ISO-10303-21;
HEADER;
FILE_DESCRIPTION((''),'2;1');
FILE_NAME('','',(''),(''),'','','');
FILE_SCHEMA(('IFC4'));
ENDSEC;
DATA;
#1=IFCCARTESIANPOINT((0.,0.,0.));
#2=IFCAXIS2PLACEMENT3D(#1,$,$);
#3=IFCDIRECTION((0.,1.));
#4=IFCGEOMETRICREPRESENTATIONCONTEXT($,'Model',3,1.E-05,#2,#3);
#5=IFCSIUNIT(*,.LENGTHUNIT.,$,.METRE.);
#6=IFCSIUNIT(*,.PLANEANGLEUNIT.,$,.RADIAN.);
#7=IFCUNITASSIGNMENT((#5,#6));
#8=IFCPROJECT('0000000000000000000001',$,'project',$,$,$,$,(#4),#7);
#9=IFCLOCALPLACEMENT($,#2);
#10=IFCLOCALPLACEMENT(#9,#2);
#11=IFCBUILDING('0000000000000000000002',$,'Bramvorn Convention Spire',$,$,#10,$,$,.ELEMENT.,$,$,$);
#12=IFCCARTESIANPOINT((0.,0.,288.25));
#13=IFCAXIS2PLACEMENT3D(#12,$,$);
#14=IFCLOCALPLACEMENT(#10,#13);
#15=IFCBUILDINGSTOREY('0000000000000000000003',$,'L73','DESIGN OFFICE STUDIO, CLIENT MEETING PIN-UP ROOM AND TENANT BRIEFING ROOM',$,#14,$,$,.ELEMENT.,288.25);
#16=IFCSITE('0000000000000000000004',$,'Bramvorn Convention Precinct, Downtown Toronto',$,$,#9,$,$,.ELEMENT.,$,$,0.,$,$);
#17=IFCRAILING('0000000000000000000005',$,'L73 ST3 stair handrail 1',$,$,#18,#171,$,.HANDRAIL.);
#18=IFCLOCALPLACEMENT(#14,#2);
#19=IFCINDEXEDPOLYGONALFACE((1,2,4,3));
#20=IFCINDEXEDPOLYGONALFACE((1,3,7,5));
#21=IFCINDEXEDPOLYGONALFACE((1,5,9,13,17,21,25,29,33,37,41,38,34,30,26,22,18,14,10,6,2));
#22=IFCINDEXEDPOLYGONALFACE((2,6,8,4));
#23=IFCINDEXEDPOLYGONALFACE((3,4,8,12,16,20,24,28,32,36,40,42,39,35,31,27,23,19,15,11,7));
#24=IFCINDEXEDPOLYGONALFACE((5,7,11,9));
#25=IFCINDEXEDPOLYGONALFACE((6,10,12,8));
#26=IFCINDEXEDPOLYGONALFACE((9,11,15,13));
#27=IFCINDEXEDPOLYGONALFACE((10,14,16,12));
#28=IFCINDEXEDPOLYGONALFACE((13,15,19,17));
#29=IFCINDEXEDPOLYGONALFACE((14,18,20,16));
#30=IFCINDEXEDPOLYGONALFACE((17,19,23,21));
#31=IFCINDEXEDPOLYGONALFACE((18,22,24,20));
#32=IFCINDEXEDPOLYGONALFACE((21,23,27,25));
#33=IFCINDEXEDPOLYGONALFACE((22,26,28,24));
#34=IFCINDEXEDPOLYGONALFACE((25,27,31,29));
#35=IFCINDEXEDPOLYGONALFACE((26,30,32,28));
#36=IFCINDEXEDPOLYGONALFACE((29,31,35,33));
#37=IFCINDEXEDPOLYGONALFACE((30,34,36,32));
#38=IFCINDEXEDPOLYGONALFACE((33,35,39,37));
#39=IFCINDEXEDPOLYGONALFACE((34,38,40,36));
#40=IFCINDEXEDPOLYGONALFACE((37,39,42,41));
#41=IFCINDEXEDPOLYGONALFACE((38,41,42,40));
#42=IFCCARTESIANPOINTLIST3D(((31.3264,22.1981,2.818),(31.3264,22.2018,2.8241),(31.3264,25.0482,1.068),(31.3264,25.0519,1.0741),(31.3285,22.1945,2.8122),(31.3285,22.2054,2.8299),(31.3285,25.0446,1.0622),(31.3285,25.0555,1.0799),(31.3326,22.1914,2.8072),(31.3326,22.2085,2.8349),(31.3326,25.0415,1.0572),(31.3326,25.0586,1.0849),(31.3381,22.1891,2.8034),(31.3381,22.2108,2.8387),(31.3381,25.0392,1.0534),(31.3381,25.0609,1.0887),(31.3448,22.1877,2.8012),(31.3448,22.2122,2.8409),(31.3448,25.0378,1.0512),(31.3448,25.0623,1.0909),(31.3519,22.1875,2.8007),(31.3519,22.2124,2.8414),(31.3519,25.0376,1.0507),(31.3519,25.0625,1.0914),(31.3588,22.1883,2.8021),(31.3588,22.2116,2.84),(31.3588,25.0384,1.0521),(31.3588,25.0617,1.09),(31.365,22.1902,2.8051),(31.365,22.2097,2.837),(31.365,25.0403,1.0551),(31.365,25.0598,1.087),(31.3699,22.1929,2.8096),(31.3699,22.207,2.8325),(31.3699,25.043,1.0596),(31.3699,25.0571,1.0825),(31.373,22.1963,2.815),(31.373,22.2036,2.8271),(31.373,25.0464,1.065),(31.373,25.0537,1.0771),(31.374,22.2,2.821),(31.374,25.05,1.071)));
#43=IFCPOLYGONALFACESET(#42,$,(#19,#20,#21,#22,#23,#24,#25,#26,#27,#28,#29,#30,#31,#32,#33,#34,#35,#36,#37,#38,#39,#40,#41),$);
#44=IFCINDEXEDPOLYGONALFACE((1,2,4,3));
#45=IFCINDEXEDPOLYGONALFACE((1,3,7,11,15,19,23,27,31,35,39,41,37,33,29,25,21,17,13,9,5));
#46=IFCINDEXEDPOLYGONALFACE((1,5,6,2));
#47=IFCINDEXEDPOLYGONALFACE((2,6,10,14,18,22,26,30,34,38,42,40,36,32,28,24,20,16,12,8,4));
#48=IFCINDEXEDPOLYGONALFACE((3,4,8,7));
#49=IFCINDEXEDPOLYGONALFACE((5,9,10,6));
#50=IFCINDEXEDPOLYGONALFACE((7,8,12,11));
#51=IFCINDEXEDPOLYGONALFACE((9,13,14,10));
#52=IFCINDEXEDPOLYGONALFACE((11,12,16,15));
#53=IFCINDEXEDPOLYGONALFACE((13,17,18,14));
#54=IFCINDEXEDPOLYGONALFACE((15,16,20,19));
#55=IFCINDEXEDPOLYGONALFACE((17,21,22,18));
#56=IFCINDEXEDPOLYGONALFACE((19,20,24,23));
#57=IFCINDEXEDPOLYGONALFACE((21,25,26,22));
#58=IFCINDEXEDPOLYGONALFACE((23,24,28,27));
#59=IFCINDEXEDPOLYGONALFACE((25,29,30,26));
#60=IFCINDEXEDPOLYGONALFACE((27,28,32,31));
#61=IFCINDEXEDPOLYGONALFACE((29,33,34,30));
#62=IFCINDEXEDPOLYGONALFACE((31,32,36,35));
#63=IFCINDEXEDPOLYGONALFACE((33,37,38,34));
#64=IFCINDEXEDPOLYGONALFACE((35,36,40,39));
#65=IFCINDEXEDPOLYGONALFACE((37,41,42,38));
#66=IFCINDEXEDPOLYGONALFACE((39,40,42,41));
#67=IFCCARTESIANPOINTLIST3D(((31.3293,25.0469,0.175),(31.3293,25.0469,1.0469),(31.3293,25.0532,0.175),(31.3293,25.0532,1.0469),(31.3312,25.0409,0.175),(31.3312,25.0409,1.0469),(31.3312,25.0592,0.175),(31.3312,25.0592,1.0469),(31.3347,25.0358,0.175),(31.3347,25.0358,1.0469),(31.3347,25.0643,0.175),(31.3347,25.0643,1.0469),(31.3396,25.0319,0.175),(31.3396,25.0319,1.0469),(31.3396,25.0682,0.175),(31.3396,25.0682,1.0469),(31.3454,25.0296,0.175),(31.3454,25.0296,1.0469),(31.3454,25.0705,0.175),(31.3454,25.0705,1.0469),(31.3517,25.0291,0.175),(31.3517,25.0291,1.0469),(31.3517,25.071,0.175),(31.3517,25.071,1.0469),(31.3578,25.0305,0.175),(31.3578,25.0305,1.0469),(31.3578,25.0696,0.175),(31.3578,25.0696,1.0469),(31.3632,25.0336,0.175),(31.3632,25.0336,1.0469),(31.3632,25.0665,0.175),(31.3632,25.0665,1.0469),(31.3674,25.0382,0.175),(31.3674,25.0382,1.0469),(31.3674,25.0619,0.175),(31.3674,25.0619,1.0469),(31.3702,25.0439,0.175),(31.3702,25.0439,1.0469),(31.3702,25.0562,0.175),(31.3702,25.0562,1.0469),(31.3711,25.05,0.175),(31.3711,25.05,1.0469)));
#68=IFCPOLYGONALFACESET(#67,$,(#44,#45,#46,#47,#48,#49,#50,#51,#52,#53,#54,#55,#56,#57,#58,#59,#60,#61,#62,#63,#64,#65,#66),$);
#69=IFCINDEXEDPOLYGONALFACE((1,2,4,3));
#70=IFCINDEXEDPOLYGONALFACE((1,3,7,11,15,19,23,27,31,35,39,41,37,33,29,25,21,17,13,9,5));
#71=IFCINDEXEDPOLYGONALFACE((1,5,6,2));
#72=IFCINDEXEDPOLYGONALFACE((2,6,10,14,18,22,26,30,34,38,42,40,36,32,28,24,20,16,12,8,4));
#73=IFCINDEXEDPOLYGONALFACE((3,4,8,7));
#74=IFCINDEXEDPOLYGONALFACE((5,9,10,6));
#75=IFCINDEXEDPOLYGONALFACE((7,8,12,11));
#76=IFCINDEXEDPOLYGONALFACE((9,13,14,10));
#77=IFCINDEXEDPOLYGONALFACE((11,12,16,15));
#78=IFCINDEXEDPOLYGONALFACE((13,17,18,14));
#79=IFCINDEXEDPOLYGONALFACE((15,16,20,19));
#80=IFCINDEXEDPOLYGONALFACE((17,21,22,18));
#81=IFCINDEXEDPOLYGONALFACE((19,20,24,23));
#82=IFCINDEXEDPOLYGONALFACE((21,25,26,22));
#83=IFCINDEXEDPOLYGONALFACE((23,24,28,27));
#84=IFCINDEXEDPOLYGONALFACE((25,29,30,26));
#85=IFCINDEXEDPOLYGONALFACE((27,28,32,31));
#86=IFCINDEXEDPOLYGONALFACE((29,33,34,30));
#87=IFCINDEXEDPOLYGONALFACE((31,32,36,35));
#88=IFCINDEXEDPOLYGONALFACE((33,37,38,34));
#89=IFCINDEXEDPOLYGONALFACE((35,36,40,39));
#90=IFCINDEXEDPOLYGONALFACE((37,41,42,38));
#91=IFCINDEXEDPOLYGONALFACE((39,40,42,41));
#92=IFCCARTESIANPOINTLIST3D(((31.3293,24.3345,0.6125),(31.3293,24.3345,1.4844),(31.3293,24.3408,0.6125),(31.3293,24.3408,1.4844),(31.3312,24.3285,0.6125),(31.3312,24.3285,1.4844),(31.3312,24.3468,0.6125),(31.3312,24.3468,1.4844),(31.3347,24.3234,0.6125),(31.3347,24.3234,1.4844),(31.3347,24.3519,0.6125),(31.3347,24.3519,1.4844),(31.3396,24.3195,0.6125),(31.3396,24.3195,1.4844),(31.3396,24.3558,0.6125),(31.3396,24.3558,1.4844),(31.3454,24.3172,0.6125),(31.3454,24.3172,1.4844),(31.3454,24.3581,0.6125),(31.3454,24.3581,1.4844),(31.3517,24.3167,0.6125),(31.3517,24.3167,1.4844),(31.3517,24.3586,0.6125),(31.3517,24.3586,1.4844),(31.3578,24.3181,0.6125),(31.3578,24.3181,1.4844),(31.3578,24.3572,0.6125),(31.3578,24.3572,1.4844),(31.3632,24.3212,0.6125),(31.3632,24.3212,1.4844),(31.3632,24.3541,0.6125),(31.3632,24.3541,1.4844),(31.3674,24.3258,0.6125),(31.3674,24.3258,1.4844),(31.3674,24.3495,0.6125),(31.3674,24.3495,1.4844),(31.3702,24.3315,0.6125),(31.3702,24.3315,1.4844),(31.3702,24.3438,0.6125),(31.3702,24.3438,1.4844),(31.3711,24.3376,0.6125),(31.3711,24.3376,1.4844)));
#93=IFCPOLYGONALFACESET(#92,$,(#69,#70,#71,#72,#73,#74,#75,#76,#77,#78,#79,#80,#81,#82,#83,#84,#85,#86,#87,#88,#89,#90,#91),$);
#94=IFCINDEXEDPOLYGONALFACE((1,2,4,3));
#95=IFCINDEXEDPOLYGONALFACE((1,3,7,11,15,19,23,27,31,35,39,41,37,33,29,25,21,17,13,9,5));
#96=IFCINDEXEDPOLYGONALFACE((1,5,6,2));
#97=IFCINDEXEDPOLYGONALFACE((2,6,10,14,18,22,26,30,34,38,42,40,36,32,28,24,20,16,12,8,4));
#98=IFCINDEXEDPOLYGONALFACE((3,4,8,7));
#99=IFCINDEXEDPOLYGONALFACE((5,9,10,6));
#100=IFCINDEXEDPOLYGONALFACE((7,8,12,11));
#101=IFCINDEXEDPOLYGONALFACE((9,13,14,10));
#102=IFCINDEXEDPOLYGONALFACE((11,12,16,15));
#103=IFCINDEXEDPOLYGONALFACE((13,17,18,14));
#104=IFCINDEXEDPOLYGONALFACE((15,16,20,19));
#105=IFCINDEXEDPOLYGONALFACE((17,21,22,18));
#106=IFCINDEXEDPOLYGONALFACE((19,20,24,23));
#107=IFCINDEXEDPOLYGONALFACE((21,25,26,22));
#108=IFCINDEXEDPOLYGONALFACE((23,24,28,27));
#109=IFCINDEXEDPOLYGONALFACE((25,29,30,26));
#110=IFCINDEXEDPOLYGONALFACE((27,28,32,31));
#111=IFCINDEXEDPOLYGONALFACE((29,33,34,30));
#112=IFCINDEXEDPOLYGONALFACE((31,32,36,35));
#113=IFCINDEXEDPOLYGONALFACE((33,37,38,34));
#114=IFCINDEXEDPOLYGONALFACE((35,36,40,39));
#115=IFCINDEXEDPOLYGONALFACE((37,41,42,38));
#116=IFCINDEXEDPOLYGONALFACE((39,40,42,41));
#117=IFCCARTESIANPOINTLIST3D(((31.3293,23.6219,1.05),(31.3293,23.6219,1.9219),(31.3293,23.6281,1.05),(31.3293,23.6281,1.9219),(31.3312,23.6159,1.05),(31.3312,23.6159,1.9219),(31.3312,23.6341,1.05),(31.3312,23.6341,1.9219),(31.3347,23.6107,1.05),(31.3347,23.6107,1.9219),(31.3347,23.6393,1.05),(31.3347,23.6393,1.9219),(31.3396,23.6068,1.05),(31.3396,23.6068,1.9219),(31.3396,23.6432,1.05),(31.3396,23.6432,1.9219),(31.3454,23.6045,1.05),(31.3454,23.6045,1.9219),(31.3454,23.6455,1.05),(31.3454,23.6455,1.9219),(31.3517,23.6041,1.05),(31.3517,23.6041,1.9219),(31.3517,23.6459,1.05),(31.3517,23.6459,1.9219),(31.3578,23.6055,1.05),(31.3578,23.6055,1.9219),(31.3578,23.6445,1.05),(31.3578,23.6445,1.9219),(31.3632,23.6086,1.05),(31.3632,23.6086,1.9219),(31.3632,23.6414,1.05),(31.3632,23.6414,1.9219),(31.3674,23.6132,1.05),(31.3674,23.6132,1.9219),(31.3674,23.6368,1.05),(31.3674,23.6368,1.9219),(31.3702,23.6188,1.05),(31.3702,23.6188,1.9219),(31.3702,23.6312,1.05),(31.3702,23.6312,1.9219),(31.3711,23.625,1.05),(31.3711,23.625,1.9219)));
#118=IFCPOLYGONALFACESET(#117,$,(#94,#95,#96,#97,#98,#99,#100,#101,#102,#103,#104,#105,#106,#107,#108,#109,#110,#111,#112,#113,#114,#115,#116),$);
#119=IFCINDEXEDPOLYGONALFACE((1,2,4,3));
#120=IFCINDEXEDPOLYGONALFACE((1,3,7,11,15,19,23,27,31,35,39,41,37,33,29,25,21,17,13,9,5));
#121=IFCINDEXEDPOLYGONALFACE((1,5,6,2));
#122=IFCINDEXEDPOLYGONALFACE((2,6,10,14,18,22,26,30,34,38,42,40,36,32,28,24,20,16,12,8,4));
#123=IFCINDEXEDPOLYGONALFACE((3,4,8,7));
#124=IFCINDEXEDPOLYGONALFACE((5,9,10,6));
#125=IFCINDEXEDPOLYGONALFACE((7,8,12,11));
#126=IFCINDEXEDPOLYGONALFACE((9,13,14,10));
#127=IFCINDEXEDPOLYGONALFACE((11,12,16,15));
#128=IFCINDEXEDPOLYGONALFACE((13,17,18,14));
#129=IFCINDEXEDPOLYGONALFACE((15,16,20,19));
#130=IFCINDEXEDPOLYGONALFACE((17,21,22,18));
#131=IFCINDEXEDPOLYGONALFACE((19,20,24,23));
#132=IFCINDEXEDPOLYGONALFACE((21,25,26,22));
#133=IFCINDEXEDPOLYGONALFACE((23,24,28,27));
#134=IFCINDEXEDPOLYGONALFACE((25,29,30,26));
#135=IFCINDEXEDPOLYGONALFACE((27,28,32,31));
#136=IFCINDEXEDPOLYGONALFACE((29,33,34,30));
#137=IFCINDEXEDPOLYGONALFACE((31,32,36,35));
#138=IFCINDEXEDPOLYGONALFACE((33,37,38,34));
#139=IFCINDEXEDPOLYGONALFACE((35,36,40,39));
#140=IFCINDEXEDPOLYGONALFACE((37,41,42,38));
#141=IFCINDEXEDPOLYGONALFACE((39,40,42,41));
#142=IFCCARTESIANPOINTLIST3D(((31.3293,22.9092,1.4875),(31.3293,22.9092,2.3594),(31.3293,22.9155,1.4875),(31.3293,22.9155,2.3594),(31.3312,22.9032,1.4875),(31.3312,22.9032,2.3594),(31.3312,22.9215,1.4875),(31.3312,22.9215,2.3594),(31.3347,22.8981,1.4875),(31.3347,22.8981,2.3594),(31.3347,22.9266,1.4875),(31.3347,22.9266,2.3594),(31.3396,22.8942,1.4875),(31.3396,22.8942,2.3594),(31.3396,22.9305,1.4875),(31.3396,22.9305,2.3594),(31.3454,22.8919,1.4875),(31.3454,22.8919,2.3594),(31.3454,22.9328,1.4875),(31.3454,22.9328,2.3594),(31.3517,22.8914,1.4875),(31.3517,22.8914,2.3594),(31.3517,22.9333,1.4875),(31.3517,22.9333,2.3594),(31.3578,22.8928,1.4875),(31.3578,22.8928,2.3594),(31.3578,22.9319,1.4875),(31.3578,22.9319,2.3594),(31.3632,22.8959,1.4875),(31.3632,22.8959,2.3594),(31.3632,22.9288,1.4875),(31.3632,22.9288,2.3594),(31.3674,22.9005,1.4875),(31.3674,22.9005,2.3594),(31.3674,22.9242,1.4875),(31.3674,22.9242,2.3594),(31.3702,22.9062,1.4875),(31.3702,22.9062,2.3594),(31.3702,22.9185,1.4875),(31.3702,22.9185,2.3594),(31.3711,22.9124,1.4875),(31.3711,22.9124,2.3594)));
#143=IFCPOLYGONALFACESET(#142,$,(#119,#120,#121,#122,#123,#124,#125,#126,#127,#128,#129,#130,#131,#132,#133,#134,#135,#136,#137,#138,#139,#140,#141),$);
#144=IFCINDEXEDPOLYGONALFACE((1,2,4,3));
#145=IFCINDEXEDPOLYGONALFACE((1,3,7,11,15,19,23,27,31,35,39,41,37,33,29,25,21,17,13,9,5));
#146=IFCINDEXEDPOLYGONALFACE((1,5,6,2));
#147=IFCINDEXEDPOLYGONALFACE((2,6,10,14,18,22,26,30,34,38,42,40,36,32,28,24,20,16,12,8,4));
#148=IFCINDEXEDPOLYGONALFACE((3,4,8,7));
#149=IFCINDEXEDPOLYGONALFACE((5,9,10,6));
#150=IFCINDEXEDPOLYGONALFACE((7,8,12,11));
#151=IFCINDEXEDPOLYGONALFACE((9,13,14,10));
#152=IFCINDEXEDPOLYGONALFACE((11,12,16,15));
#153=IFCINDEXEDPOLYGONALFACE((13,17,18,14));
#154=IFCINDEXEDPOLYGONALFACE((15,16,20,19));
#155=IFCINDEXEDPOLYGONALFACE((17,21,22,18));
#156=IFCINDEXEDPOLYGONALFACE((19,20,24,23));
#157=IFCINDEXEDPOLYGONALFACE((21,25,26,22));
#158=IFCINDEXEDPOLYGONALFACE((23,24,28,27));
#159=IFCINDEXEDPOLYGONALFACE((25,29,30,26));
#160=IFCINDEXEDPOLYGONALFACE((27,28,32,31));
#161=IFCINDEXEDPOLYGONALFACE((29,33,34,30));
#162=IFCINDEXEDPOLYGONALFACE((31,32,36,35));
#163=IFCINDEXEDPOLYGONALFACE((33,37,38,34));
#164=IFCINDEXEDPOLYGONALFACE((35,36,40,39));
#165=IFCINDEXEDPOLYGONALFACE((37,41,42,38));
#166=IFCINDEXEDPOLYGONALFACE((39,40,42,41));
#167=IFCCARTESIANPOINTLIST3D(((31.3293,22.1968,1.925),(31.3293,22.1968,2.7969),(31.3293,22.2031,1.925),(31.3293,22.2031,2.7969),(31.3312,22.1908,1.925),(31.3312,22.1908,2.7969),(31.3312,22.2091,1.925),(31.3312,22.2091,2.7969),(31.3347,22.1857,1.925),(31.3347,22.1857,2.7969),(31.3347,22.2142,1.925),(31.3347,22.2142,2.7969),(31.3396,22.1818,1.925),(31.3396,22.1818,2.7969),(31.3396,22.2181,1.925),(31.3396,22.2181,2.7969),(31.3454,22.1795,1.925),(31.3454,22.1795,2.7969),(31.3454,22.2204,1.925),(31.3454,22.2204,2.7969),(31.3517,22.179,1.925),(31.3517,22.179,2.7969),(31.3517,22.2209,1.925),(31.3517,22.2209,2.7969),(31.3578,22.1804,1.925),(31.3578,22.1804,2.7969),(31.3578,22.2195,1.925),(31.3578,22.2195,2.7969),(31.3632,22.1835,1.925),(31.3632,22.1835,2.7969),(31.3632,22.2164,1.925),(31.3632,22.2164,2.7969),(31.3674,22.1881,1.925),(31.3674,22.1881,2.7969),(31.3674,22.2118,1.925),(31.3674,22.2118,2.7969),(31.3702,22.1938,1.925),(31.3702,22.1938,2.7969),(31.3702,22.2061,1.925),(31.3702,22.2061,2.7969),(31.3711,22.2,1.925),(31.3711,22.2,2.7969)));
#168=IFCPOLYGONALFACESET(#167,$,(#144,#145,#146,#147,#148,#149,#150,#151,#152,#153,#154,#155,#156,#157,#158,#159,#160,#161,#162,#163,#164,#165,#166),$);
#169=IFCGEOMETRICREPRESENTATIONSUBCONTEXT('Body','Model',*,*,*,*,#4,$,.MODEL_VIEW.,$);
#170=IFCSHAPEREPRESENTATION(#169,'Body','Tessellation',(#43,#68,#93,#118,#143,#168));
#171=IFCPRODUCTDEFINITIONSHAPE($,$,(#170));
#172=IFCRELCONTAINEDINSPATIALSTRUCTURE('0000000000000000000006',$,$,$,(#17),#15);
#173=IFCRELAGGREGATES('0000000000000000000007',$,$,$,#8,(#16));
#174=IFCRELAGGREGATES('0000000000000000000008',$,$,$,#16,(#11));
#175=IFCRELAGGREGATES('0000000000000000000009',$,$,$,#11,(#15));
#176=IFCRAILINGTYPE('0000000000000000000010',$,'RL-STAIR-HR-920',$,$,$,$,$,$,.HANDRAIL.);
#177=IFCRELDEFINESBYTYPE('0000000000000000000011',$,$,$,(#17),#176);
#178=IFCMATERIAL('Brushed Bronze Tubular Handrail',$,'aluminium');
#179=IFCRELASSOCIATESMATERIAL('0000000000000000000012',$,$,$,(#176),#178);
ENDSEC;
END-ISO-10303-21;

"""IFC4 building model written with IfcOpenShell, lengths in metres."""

from ifc_helpers import new_model, si_unit, direction, frame, origin, origin_2d, place, context, subcontext, project, spatial, circle, extrude, material, type_object, element, save


model = new_model("IFC4")

# Units and contexts
model_context = context("Model", 3, precision=1e-05, world=origin(), true_north=direction((0.0, 1.0)))
body_context = subcontext(model_context, "Body", "Model", "MODEL_VIEW")
ifc_project = project(units=[si_unit("LENGTHUNIT", "METRE"), si_unit("PLANEANGLEUNIT", "RADIAN")], contexts=[model_context])

# Site, building, storey
site_placement = place(None, origin())
site = spatial("IfcSite", under=ifc_project, at=site_placement, Name="Bramvorn Convention Precinct, Downtown Toronto", CompositionType="ELEMENT", RefElevation=0.0)
building_placement = place(site_placement, origin())
building = spatial("IfcBuilding", under=site, at=building_placement, Name="Bramvorn Convention Spire", CompositionType="ELEMENT")
storey_placement = place(building_placement, frame((0.0, 0.0, 288.25)))
storey = spatial("IfcBuildingStorey", under=building, at=storey_placement, Name="L73", Description="DESIGN OFFICE STUDIO, CLIENT MEETING PIN-UP ROOM AND TENANT BRIEFING ROOM", CompositionType="ELEMENT", Elevation=288.25)

# Railing
ifc_material_1 = material(Name="Brushed Bronze Tubular Handrail", Category="aluminium")
railing_type_1 = type_object("IfcRailingType", Name="RL-STAIR-HR-920", PredefinedType="HANDRAIL", material=ifc_material_1)
railing_1_placement = place(storey_placement, frame((31.3501, 25.05, 0.175)))
element("IfcRailing", 1, at=railing_1_placement, inside=storey, type_object=railing_type_1, Name="L73 ST3 stair handrail 1", PredefinedType="HANDRAIL", context=body_context, shape_type="SweptSolid", body=[
    extrude(circle(Radius=0.0239, at=origin_2d()), frame((0.0, 0.0, 0.896), z_axis=(0.0, -0.852179, 0.52325), x_axis=(1.0, 0.0, 0.0)), (0.0, 0.0, 1.0), 3.3445),
    extrude(circle(Radius=0.021, at=origin_2d()), origin(), (0.0, 0.0, 1.0), 0.8718),
    extrude(circle(Radius=0.021, at=origin_2d()), frame((0.0, -0.7124, 0.4375)), (0.0, 0.0, 1.0), 0.8718),
    extrude(circle(Radius=0.021, at=origin_2d()), frame((0.0, -1.425, 0.875)), (0.0, 0.0, 1.0), 0.8718),
    extrude(circle(Radius=0.021, at=origin_2d()), frame((0.0, -2.1377, 1.3125)), (0.0, 0.0, 1.0), 0.8718),
    extrude(circle(Radius=0.021, at=origin_2d()), frame((0.0, -2.8501, 1.75)), (0.0, 0.0, 1.0), 0.8718),
])

save(model, "model.ifc")
